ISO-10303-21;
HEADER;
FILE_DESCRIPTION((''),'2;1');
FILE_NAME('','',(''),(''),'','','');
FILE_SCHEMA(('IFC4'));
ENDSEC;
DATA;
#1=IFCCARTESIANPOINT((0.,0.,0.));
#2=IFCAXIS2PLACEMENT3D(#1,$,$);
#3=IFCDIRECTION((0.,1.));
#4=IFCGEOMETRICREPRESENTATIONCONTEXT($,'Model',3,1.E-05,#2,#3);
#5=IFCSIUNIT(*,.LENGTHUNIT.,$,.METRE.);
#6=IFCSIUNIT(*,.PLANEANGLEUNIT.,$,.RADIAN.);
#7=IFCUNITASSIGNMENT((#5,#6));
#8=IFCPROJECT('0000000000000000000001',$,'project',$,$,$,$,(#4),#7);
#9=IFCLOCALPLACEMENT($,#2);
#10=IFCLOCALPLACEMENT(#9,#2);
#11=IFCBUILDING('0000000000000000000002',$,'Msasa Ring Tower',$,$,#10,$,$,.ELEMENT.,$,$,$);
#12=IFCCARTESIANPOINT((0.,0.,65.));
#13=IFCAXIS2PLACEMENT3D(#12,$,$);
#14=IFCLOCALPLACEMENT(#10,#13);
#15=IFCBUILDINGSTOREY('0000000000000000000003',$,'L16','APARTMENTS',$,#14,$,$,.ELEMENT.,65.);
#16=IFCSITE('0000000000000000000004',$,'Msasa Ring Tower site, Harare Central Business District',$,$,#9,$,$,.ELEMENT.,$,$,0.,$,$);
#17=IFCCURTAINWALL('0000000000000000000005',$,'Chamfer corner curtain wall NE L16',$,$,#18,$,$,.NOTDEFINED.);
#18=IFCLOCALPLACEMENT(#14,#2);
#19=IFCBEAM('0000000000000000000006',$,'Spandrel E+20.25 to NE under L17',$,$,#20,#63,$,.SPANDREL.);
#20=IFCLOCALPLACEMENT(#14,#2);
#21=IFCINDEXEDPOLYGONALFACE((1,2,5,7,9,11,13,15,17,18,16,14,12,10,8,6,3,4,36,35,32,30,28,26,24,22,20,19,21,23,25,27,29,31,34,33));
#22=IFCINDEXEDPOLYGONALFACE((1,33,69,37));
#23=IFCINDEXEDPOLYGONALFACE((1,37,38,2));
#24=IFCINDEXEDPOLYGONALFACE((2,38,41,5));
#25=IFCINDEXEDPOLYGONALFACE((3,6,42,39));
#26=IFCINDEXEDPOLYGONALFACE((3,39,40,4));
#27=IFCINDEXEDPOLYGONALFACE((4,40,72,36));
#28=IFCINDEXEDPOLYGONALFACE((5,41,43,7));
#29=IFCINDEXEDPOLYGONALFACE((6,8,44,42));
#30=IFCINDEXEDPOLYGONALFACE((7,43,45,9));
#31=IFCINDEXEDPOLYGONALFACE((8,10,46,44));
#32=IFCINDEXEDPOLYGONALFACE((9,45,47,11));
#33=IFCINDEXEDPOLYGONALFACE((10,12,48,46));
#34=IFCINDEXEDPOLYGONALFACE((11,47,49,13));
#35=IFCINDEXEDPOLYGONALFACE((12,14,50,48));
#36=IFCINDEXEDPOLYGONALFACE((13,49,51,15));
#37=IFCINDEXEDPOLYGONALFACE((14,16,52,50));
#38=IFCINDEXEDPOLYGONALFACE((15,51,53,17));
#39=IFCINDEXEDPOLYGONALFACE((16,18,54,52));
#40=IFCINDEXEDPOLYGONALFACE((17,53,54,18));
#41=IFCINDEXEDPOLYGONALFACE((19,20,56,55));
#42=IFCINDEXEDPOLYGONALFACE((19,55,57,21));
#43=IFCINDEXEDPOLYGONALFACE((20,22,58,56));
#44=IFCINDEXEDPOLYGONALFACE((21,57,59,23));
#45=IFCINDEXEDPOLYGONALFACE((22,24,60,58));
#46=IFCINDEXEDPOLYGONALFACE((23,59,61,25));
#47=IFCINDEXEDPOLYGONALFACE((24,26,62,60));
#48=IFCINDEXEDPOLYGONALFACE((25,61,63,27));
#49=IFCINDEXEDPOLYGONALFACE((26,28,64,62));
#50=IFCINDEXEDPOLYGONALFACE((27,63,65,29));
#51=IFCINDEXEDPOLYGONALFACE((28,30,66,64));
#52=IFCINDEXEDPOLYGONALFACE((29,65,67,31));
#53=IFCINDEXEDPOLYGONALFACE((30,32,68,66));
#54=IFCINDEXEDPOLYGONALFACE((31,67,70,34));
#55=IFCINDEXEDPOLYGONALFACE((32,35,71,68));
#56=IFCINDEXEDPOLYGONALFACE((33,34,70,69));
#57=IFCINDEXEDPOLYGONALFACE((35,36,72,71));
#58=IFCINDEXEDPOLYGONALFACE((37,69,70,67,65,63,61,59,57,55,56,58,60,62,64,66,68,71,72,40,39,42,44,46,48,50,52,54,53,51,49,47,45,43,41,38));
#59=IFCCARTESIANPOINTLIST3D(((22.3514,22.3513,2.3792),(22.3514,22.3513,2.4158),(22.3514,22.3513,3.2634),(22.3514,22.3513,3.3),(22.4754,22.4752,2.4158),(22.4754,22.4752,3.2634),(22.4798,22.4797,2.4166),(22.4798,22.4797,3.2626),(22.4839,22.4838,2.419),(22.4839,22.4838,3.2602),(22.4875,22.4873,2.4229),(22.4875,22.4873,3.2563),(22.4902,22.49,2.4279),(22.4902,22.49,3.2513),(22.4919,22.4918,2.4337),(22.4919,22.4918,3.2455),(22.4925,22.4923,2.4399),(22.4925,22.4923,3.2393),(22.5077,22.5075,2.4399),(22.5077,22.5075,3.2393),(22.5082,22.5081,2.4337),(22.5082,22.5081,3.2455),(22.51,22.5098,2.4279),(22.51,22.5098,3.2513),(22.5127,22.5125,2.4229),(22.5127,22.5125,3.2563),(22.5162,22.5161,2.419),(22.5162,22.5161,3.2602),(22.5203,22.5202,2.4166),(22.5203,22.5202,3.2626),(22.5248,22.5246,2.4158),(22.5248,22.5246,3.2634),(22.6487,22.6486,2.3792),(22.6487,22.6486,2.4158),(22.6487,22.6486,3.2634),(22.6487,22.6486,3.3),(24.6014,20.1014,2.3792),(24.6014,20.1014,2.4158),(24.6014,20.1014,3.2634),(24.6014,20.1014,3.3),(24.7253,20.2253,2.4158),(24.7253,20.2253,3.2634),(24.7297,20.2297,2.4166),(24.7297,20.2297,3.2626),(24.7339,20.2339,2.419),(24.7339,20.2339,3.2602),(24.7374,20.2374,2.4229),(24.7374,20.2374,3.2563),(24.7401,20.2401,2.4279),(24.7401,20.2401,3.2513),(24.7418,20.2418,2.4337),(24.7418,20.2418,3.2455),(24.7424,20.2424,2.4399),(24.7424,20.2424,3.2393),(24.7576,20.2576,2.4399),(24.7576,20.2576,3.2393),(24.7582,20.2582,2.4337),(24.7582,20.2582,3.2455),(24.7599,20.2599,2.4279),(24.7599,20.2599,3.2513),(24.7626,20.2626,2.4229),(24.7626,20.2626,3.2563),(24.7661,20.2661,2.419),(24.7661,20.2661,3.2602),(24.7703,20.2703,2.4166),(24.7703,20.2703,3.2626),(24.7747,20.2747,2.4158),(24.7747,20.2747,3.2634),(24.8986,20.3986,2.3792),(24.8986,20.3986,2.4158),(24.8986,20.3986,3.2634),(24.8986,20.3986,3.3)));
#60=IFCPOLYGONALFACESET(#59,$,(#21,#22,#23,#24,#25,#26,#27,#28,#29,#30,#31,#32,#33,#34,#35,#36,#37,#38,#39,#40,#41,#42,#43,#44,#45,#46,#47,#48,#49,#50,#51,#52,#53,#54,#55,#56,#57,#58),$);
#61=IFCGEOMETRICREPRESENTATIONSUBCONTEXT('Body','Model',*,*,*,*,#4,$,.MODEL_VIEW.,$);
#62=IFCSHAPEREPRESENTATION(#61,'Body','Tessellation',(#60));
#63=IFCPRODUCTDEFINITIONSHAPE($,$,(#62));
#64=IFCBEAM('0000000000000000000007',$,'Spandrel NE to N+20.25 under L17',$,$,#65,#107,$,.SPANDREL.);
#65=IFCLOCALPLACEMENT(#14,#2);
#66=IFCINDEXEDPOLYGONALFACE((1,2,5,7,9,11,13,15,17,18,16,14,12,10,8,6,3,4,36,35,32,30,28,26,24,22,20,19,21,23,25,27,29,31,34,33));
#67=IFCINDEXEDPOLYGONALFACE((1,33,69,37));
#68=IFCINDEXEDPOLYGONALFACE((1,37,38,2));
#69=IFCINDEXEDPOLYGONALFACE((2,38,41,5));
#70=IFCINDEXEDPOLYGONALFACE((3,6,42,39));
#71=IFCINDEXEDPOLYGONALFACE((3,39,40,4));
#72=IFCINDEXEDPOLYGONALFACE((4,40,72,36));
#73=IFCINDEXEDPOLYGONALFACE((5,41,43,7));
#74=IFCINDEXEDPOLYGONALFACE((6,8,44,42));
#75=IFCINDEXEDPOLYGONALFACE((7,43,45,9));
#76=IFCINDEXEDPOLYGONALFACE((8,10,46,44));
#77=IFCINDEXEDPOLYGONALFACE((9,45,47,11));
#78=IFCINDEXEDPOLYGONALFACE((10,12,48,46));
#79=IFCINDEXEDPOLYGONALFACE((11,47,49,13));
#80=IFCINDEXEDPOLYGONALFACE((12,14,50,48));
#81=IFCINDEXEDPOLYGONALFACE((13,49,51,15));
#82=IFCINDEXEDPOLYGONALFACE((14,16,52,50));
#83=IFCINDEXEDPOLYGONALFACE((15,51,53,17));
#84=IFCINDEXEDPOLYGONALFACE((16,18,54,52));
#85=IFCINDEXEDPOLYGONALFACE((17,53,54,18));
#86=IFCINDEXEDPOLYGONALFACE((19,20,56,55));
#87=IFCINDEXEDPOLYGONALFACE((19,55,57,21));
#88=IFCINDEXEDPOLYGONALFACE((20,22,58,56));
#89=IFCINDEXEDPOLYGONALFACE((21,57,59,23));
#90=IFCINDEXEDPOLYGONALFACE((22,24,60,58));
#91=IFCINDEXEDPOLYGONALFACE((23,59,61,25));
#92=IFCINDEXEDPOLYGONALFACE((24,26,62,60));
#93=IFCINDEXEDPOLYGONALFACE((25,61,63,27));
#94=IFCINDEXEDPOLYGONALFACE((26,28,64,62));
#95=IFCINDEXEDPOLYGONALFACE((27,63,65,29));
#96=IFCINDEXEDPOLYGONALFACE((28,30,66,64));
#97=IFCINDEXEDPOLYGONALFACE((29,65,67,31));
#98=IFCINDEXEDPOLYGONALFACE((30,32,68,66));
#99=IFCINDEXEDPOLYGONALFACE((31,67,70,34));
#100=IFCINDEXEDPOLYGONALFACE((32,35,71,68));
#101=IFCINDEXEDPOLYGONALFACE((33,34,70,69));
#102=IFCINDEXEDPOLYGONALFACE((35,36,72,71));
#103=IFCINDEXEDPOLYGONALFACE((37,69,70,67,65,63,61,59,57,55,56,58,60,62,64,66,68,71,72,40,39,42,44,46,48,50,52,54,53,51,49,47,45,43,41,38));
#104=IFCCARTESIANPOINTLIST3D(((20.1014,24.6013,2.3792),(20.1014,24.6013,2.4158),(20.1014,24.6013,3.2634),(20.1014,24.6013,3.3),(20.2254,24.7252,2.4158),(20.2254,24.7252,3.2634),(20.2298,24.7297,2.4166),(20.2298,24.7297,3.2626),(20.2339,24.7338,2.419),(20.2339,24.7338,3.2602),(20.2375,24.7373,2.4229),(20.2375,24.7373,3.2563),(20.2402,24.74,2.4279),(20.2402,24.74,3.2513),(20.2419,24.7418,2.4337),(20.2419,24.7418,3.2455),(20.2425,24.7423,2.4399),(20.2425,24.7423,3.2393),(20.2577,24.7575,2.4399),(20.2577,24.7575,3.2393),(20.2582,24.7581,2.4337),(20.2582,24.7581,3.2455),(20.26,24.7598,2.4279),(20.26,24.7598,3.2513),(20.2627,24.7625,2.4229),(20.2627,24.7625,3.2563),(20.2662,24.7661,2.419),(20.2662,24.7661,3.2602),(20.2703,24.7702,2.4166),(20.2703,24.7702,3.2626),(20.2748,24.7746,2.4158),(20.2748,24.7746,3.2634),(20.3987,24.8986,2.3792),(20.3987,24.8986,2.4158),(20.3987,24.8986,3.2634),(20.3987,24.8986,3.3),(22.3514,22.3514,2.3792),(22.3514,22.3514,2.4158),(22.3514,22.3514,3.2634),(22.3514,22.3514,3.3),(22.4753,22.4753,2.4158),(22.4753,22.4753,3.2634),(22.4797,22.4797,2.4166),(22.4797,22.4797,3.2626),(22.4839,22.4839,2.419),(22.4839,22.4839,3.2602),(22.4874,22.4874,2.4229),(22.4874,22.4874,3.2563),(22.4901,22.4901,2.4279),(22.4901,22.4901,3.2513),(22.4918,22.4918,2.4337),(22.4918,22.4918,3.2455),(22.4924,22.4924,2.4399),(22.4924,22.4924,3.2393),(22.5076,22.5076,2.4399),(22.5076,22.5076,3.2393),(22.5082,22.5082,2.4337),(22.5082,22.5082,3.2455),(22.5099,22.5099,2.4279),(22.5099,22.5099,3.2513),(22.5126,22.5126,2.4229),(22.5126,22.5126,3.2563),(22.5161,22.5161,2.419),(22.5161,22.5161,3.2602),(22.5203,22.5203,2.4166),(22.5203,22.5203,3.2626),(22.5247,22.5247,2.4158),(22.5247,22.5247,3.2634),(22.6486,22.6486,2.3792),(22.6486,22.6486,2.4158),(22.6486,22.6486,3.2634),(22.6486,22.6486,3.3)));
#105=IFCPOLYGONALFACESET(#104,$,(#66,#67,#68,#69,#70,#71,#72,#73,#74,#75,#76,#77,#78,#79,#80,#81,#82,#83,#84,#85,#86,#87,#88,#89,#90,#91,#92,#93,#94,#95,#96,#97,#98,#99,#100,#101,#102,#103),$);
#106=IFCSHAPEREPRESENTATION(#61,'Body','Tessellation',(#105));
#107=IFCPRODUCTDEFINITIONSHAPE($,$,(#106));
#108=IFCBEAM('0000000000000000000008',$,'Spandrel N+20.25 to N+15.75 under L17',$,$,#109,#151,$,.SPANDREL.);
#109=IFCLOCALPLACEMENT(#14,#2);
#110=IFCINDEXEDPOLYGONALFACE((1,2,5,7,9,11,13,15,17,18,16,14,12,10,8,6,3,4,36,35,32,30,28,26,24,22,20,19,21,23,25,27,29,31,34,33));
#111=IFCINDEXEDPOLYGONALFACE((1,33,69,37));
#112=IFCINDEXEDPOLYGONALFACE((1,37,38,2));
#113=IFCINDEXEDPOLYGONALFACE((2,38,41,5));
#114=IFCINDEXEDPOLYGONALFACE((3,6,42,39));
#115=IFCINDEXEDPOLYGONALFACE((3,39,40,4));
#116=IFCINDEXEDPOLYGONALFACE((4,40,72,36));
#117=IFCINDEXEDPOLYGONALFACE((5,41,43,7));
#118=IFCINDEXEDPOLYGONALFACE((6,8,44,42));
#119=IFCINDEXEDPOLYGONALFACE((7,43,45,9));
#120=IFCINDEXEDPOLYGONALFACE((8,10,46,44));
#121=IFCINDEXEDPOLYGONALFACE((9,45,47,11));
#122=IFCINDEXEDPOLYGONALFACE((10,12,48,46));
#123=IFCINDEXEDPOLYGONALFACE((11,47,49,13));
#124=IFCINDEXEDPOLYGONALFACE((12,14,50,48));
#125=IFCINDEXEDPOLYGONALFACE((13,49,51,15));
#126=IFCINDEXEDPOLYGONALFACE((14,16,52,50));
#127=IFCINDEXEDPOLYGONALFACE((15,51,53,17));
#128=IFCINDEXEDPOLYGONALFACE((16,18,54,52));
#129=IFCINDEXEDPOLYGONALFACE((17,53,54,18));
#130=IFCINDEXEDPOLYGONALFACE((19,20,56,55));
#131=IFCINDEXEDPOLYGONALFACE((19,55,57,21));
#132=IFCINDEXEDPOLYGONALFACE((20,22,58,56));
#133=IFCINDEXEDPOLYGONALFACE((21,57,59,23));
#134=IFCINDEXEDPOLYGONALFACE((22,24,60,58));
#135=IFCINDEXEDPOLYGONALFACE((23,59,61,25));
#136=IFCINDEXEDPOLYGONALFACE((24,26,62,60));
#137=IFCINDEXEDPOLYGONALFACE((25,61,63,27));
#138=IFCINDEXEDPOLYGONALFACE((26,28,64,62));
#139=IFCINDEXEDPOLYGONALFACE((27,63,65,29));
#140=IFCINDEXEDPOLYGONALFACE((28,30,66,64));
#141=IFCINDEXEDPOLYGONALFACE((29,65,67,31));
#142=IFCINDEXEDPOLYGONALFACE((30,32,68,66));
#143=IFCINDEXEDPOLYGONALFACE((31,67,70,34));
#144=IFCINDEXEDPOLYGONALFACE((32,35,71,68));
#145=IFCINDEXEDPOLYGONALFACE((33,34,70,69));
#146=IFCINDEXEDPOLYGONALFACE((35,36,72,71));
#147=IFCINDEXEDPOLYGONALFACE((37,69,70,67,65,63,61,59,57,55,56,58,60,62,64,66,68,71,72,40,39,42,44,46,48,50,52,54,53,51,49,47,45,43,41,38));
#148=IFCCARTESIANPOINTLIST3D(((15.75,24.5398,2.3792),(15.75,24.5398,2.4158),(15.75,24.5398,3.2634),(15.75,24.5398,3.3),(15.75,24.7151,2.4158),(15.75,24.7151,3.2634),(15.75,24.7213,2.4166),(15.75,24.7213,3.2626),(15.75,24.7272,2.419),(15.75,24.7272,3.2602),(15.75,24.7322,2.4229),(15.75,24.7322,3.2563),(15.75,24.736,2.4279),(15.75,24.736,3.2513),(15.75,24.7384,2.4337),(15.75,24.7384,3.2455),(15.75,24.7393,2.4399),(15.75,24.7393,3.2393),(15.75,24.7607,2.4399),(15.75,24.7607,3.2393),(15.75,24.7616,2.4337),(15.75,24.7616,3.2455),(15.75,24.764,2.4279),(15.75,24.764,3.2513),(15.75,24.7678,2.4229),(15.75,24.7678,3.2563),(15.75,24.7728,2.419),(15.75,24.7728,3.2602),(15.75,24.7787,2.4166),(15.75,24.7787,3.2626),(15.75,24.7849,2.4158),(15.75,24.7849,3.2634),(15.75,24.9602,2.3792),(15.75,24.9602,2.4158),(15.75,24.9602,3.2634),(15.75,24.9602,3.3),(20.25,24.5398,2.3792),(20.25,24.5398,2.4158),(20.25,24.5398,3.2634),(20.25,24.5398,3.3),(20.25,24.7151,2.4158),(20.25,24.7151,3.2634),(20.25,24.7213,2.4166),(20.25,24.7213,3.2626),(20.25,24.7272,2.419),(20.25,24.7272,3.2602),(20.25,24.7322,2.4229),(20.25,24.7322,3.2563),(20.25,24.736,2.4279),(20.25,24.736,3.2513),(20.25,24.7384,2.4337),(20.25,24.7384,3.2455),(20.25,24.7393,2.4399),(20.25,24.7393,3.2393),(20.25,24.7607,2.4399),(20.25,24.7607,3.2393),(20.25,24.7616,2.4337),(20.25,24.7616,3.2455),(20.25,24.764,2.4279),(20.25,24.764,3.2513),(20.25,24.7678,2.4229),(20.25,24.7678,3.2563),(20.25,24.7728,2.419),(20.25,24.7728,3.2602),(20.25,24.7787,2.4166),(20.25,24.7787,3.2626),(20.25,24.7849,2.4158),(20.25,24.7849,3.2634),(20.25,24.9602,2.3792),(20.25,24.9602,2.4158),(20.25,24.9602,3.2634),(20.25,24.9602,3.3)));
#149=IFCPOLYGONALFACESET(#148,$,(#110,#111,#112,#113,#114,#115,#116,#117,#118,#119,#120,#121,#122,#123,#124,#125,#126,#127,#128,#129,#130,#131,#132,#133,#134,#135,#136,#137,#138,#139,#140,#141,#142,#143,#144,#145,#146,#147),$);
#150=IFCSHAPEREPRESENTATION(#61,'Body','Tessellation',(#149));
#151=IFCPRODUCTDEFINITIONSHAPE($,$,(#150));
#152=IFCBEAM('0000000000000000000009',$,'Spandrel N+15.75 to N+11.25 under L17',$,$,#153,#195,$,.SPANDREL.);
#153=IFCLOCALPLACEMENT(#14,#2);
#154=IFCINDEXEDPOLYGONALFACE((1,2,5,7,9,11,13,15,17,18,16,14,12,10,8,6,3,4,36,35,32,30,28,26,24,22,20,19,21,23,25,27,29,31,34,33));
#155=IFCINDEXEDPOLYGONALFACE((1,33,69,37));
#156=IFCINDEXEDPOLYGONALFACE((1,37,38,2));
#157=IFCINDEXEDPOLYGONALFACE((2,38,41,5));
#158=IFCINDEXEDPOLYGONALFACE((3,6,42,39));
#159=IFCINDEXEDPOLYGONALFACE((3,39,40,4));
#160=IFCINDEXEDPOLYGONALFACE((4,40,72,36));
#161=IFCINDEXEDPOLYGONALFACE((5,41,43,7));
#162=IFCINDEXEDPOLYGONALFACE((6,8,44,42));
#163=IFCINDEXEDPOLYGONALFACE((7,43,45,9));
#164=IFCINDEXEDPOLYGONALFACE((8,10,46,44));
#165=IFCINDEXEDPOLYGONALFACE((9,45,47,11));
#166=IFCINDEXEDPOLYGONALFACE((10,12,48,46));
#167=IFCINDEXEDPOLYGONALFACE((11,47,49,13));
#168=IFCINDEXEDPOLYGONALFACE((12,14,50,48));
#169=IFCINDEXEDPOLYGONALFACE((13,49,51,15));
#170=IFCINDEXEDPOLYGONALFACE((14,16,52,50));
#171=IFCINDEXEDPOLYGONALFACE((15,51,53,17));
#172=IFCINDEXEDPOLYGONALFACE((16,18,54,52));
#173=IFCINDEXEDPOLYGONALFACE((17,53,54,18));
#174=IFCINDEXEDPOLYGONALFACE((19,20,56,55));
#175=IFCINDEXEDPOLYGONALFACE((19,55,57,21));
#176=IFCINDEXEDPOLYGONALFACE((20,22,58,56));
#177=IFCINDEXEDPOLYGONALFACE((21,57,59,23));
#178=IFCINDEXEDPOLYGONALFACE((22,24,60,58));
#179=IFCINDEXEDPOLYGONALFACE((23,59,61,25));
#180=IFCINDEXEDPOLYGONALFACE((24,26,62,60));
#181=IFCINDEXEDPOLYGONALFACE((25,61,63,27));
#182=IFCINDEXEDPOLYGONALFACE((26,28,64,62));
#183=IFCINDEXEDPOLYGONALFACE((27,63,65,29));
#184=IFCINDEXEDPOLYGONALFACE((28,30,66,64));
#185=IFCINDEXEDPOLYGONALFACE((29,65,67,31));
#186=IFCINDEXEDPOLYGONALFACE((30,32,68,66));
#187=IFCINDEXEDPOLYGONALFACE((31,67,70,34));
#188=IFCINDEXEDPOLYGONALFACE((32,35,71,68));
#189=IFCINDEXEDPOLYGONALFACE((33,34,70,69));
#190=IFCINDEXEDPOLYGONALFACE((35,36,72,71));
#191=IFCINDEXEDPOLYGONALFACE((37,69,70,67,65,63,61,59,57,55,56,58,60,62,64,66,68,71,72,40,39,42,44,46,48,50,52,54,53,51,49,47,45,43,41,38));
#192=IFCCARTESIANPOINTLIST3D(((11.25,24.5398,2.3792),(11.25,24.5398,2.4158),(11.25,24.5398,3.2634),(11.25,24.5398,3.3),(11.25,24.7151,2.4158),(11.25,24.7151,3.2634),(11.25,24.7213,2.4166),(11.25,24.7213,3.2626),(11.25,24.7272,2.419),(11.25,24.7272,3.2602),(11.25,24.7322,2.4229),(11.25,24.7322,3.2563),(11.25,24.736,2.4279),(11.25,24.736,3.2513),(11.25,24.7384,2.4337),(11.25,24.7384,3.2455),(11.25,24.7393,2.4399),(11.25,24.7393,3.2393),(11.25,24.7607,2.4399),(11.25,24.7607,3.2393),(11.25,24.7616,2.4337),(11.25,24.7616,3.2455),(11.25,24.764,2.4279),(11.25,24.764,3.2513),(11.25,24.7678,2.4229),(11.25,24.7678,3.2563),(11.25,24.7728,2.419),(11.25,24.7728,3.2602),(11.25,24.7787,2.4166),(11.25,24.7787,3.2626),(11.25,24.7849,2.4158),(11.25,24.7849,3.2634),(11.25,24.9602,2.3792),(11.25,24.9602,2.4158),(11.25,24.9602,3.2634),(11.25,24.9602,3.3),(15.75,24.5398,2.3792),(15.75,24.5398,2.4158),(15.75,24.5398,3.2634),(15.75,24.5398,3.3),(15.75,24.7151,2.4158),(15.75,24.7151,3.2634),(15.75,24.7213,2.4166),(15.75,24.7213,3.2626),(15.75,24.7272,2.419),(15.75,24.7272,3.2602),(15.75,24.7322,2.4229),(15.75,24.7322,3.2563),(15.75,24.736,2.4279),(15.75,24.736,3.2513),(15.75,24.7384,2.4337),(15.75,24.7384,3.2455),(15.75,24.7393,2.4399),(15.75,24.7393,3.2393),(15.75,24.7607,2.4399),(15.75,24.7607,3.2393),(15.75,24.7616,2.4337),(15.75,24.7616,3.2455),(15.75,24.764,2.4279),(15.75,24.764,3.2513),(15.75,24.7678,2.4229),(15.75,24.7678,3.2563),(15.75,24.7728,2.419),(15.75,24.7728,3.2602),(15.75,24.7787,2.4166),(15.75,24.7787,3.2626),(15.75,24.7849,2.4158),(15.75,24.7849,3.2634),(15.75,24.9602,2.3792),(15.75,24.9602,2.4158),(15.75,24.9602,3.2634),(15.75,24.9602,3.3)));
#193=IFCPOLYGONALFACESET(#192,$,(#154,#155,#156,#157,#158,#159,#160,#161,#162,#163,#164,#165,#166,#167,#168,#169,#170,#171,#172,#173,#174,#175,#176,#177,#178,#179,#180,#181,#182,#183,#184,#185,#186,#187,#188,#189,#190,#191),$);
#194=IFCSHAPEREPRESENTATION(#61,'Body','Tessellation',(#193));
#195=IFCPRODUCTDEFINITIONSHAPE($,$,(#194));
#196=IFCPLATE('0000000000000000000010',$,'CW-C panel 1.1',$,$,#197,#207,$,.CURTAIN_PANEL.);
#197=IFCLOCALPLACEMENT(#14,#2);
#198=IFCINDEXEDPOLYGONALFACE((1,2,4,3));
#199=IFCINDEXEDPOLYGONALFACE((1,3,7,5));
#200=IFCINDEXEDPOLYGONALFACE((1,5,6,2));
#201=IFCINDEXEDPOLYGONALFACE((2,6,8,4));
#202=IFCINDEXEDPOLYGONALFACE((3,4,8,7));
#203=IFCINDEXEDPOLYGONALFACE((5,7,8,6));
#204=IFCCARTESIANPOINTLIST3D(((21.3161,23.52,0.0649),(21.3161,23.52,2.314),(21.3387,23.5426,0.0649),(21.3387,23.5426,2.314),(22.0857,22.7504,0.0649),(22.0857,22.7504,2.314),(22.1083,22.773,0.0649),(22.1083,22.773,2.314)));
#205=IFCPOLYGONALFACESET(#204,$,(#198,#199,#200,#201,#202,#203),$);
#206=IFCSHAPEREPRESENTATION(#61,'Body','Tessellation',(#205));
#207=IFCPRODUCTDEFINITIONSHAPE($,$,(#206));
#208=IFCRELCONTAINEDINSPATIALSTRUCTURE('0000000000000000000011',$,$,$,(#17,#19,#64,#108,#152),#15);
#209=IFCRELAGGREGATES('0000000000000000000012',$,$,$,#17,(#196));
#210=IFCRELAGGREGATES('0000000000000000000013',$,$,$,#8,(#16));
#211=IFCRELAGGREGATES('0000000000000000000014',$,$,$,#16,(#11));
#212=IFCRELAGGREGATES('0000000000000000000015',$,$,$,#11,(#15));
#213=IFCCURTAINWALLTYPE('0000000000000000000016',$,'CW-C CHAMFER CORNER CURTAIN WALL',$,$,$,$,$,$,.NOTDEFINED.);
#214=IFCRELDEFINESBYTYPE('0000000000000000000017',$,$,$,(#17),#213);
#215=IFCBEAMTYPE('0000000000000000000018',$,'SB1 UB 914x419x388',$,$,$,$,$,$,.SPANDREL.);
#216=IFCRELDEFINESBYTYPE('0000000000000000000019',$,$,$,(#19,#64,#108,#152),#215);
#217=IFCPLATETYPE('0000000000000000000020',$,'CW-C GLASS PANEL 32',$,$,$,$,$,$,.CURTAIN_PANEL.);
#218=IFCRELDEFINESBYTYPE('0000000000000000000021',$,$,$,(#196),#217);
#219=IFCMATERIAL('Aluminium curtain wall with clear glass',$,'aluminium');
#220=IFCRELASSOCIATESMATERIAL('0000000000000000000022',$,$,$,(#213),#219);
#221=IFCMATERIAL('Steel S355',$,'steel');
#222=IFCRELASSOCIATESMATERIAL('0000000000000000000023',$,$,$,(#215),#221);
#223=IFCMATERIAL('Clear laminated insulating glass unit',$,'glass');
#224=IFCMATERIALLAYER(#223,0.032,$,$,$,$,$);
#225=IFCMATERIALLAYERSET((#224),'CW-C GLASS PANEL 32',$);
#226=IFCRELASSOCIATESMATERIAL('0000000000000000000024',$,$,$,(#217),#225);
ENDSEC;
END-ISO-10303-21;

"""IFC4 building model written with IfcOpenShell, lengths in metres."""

from ifc_helpers import new_model, si_unit, direction, frame, origin, origin_2d, place, context, subcontext, project, spatial, rectangle, i_section, extrude, material, layer, layer_set, material_profile, profile_set, type_object, element, aggregate, save


model = new_model("IFC4")

# Units and contexts
model_context = context("Model", 3, precision=1e-05, world=origin(), true_north=direction((0.0, 1.0)))
body_context = subcontext(model_context, "Body", "Model", "MODEL_VIEW")
ifc_project = project(units=[si_unit("LENGTHUNIT", "METRE"), si_unit("PLANEANGLEUNIT", "RADIAN")], contexts=[model_context])

# Site, building, storey
site_placement = place(None, origin())
site = spatial("IfcSite", under=ifc_project, at=site_placement, Name="Msasa Ring Tower site, Harare Central Business District", CompositionType="ELEMENT", RefElevation=0.0)
building_placement = place(site_placement, origin())
building = spatial("IfcBuilding", under=site, at=building_placement, Name="Msasa Ring Tower", CompositionType="ELEMENT")
storey_placement = place(building_placement, frame((0.0, 0.0, 65.0)))
storey = spatial("IfcBuildingStorey", under=building, at=storey_placement, Name="L16", Description="APARTMENTS", CompositionType="ELEMENT", Elevation=65.0)

# Curtain wall
ifc_material_1 = material(Name="Aluminium curtain wall with clear glass", Category="aluminium")
curtain_wall_type = type_object("IfcCurtainWallType", Name="CW-C CHAMFER CORNER CURTAIN WALL", PredefinedType="NOTDEFINED", material=ifc_material_1)
curtain_wall_1_placement = place(storey_placement, origin())
curtain_wall_1 = element("IfcCurtainWall", 1, at=curtain_wall_1_placement, inside=storey, type_object=curtain_wall_type, Name="Chamfer corner curtain wall NE L16", PredefinedType="NOTDEFINED")

# Beams
ifc_material_2 = material(Name="Steel S355", Category="steel")
ifc_material_profile_1 = material_profile(ifc_material_2, i_section(OverallWidth=0.4204, OverallDepth=0.9209, WebThickness=0.0215, FlangeThickness=0.0366, FilletRadius=0.0242, at=origin_2d()), Name="UB 914x419x388")
ifc_profile_set_1 = profile_set([ifc_material_profile_1], Name="Steel S355")
beam_type_1 = type_object("IfcBeamType", Name="SB1 UB 914x419x388", PredefinedType="SPANDREL", material=ifc_profile_set_1)
for number, where, z_axis, x_axis, name in (
    (2, (24.75, 20.25, 2.8396), (-0.707107, 0.707107, 0.0), (-0.707107, -0.707107, 0.0), "Spandrel E+20.25 to NE under L17"),
    (3, (22.5, 22.5, 2.8396), (-0.707107, 0.707107, 0.0), (-0.707107, -0.707107, 0.0), "Spandrel NE to N+20.25 under L17"),
):
    element("IfcBeam", number, at=place(storey_placement, frame(where, z_axis=z_axis, x_axis=x_axis)), inside=storey, type_object=beam_type_1, Name=name, PredefinedType="SPANDREL", context=body_context, shape_type="SweptSolid", body=[
        extrude(i_section(OverallWidth=0.4204, OverallDepth=0.9209, WebThickness=0.0215, FlangeThickness=0.0366, FilletRadius=0.0242, at=origin_2d()), origin(), (0.0, 0.0, 1.0), 3.1819),
    ])
for number, where, z_axis, x_axis, name in (
    (4, (20.25, 24.75, 2.8396), (-1.0, 0.0, 0.0), (0.0, -1.0, 0.0), "Spandrel N+20.25 to N+15.75 under L17"),
    (5, (15.75, 24.75, 2.8396), (-1.0, 0.0, 0.0), (0.0, -1.0, 0.0), "Spandrel N+15.75 to N+11.25 under L17"),
):
    element("IfcBeam", number, at=place(storey_placement, frame(where, z_axis=z_axis, x_axis=x_axis)), inside=storey, type_object=beam_type_1, Name=name, PredefinedType="SPANDREL", context=body_context, shape_type="SweptSolid", body=[
        extrude(i_section(OverallWidth=0.4204, OverallDepth=0.9209, WebThickness=0.0215, FlangeThickness=0.0366, FilletRadius=0.0242, at=origin_2d()), origin(), (0.0, 0.0, 1.0), 4.5),
    ])

# Plate
ifc_material_3 = material(Name="Clear laminated insulating glass unit", Category="glass")
ifc_layer_1 = layer(ifc_material_3, 0.032)
ifc_layer_set_1 = layer_set([ifc_layer_1], Name="CW-C GLASS PANEL 32")
plate_type = type_object("IfcPlateType", Name="CW-C GLASS PANEL 32", PredefinedType="CURTAIN_PANEL", material=ifc_layer_set_1)
plate_1_placement = place(storey_placement, frame((21.7122, 23.1465, 0.0649), z_axis=(0.0, 0.0, 1.0), x_axis=(-0.707107, 0.707107, 0.0)))
plate_1 = element("IfcPlate", 6, at=plate_1_placement, type_object=plate_type, Name="CW-C panel 1.1", PredefinedType="CURTAIN_PANEL", context=body_context, shape_type="SweptSolid", body=[
    extrude(rectangle(XDim=1.0884, YDim=0.032, at=origin_2d()), origin(), (0.0, 0.0, 1.0), 2.249),
])
aggregate(curtain_wall_1, [plate_1])

save(model, "model.ifc")
